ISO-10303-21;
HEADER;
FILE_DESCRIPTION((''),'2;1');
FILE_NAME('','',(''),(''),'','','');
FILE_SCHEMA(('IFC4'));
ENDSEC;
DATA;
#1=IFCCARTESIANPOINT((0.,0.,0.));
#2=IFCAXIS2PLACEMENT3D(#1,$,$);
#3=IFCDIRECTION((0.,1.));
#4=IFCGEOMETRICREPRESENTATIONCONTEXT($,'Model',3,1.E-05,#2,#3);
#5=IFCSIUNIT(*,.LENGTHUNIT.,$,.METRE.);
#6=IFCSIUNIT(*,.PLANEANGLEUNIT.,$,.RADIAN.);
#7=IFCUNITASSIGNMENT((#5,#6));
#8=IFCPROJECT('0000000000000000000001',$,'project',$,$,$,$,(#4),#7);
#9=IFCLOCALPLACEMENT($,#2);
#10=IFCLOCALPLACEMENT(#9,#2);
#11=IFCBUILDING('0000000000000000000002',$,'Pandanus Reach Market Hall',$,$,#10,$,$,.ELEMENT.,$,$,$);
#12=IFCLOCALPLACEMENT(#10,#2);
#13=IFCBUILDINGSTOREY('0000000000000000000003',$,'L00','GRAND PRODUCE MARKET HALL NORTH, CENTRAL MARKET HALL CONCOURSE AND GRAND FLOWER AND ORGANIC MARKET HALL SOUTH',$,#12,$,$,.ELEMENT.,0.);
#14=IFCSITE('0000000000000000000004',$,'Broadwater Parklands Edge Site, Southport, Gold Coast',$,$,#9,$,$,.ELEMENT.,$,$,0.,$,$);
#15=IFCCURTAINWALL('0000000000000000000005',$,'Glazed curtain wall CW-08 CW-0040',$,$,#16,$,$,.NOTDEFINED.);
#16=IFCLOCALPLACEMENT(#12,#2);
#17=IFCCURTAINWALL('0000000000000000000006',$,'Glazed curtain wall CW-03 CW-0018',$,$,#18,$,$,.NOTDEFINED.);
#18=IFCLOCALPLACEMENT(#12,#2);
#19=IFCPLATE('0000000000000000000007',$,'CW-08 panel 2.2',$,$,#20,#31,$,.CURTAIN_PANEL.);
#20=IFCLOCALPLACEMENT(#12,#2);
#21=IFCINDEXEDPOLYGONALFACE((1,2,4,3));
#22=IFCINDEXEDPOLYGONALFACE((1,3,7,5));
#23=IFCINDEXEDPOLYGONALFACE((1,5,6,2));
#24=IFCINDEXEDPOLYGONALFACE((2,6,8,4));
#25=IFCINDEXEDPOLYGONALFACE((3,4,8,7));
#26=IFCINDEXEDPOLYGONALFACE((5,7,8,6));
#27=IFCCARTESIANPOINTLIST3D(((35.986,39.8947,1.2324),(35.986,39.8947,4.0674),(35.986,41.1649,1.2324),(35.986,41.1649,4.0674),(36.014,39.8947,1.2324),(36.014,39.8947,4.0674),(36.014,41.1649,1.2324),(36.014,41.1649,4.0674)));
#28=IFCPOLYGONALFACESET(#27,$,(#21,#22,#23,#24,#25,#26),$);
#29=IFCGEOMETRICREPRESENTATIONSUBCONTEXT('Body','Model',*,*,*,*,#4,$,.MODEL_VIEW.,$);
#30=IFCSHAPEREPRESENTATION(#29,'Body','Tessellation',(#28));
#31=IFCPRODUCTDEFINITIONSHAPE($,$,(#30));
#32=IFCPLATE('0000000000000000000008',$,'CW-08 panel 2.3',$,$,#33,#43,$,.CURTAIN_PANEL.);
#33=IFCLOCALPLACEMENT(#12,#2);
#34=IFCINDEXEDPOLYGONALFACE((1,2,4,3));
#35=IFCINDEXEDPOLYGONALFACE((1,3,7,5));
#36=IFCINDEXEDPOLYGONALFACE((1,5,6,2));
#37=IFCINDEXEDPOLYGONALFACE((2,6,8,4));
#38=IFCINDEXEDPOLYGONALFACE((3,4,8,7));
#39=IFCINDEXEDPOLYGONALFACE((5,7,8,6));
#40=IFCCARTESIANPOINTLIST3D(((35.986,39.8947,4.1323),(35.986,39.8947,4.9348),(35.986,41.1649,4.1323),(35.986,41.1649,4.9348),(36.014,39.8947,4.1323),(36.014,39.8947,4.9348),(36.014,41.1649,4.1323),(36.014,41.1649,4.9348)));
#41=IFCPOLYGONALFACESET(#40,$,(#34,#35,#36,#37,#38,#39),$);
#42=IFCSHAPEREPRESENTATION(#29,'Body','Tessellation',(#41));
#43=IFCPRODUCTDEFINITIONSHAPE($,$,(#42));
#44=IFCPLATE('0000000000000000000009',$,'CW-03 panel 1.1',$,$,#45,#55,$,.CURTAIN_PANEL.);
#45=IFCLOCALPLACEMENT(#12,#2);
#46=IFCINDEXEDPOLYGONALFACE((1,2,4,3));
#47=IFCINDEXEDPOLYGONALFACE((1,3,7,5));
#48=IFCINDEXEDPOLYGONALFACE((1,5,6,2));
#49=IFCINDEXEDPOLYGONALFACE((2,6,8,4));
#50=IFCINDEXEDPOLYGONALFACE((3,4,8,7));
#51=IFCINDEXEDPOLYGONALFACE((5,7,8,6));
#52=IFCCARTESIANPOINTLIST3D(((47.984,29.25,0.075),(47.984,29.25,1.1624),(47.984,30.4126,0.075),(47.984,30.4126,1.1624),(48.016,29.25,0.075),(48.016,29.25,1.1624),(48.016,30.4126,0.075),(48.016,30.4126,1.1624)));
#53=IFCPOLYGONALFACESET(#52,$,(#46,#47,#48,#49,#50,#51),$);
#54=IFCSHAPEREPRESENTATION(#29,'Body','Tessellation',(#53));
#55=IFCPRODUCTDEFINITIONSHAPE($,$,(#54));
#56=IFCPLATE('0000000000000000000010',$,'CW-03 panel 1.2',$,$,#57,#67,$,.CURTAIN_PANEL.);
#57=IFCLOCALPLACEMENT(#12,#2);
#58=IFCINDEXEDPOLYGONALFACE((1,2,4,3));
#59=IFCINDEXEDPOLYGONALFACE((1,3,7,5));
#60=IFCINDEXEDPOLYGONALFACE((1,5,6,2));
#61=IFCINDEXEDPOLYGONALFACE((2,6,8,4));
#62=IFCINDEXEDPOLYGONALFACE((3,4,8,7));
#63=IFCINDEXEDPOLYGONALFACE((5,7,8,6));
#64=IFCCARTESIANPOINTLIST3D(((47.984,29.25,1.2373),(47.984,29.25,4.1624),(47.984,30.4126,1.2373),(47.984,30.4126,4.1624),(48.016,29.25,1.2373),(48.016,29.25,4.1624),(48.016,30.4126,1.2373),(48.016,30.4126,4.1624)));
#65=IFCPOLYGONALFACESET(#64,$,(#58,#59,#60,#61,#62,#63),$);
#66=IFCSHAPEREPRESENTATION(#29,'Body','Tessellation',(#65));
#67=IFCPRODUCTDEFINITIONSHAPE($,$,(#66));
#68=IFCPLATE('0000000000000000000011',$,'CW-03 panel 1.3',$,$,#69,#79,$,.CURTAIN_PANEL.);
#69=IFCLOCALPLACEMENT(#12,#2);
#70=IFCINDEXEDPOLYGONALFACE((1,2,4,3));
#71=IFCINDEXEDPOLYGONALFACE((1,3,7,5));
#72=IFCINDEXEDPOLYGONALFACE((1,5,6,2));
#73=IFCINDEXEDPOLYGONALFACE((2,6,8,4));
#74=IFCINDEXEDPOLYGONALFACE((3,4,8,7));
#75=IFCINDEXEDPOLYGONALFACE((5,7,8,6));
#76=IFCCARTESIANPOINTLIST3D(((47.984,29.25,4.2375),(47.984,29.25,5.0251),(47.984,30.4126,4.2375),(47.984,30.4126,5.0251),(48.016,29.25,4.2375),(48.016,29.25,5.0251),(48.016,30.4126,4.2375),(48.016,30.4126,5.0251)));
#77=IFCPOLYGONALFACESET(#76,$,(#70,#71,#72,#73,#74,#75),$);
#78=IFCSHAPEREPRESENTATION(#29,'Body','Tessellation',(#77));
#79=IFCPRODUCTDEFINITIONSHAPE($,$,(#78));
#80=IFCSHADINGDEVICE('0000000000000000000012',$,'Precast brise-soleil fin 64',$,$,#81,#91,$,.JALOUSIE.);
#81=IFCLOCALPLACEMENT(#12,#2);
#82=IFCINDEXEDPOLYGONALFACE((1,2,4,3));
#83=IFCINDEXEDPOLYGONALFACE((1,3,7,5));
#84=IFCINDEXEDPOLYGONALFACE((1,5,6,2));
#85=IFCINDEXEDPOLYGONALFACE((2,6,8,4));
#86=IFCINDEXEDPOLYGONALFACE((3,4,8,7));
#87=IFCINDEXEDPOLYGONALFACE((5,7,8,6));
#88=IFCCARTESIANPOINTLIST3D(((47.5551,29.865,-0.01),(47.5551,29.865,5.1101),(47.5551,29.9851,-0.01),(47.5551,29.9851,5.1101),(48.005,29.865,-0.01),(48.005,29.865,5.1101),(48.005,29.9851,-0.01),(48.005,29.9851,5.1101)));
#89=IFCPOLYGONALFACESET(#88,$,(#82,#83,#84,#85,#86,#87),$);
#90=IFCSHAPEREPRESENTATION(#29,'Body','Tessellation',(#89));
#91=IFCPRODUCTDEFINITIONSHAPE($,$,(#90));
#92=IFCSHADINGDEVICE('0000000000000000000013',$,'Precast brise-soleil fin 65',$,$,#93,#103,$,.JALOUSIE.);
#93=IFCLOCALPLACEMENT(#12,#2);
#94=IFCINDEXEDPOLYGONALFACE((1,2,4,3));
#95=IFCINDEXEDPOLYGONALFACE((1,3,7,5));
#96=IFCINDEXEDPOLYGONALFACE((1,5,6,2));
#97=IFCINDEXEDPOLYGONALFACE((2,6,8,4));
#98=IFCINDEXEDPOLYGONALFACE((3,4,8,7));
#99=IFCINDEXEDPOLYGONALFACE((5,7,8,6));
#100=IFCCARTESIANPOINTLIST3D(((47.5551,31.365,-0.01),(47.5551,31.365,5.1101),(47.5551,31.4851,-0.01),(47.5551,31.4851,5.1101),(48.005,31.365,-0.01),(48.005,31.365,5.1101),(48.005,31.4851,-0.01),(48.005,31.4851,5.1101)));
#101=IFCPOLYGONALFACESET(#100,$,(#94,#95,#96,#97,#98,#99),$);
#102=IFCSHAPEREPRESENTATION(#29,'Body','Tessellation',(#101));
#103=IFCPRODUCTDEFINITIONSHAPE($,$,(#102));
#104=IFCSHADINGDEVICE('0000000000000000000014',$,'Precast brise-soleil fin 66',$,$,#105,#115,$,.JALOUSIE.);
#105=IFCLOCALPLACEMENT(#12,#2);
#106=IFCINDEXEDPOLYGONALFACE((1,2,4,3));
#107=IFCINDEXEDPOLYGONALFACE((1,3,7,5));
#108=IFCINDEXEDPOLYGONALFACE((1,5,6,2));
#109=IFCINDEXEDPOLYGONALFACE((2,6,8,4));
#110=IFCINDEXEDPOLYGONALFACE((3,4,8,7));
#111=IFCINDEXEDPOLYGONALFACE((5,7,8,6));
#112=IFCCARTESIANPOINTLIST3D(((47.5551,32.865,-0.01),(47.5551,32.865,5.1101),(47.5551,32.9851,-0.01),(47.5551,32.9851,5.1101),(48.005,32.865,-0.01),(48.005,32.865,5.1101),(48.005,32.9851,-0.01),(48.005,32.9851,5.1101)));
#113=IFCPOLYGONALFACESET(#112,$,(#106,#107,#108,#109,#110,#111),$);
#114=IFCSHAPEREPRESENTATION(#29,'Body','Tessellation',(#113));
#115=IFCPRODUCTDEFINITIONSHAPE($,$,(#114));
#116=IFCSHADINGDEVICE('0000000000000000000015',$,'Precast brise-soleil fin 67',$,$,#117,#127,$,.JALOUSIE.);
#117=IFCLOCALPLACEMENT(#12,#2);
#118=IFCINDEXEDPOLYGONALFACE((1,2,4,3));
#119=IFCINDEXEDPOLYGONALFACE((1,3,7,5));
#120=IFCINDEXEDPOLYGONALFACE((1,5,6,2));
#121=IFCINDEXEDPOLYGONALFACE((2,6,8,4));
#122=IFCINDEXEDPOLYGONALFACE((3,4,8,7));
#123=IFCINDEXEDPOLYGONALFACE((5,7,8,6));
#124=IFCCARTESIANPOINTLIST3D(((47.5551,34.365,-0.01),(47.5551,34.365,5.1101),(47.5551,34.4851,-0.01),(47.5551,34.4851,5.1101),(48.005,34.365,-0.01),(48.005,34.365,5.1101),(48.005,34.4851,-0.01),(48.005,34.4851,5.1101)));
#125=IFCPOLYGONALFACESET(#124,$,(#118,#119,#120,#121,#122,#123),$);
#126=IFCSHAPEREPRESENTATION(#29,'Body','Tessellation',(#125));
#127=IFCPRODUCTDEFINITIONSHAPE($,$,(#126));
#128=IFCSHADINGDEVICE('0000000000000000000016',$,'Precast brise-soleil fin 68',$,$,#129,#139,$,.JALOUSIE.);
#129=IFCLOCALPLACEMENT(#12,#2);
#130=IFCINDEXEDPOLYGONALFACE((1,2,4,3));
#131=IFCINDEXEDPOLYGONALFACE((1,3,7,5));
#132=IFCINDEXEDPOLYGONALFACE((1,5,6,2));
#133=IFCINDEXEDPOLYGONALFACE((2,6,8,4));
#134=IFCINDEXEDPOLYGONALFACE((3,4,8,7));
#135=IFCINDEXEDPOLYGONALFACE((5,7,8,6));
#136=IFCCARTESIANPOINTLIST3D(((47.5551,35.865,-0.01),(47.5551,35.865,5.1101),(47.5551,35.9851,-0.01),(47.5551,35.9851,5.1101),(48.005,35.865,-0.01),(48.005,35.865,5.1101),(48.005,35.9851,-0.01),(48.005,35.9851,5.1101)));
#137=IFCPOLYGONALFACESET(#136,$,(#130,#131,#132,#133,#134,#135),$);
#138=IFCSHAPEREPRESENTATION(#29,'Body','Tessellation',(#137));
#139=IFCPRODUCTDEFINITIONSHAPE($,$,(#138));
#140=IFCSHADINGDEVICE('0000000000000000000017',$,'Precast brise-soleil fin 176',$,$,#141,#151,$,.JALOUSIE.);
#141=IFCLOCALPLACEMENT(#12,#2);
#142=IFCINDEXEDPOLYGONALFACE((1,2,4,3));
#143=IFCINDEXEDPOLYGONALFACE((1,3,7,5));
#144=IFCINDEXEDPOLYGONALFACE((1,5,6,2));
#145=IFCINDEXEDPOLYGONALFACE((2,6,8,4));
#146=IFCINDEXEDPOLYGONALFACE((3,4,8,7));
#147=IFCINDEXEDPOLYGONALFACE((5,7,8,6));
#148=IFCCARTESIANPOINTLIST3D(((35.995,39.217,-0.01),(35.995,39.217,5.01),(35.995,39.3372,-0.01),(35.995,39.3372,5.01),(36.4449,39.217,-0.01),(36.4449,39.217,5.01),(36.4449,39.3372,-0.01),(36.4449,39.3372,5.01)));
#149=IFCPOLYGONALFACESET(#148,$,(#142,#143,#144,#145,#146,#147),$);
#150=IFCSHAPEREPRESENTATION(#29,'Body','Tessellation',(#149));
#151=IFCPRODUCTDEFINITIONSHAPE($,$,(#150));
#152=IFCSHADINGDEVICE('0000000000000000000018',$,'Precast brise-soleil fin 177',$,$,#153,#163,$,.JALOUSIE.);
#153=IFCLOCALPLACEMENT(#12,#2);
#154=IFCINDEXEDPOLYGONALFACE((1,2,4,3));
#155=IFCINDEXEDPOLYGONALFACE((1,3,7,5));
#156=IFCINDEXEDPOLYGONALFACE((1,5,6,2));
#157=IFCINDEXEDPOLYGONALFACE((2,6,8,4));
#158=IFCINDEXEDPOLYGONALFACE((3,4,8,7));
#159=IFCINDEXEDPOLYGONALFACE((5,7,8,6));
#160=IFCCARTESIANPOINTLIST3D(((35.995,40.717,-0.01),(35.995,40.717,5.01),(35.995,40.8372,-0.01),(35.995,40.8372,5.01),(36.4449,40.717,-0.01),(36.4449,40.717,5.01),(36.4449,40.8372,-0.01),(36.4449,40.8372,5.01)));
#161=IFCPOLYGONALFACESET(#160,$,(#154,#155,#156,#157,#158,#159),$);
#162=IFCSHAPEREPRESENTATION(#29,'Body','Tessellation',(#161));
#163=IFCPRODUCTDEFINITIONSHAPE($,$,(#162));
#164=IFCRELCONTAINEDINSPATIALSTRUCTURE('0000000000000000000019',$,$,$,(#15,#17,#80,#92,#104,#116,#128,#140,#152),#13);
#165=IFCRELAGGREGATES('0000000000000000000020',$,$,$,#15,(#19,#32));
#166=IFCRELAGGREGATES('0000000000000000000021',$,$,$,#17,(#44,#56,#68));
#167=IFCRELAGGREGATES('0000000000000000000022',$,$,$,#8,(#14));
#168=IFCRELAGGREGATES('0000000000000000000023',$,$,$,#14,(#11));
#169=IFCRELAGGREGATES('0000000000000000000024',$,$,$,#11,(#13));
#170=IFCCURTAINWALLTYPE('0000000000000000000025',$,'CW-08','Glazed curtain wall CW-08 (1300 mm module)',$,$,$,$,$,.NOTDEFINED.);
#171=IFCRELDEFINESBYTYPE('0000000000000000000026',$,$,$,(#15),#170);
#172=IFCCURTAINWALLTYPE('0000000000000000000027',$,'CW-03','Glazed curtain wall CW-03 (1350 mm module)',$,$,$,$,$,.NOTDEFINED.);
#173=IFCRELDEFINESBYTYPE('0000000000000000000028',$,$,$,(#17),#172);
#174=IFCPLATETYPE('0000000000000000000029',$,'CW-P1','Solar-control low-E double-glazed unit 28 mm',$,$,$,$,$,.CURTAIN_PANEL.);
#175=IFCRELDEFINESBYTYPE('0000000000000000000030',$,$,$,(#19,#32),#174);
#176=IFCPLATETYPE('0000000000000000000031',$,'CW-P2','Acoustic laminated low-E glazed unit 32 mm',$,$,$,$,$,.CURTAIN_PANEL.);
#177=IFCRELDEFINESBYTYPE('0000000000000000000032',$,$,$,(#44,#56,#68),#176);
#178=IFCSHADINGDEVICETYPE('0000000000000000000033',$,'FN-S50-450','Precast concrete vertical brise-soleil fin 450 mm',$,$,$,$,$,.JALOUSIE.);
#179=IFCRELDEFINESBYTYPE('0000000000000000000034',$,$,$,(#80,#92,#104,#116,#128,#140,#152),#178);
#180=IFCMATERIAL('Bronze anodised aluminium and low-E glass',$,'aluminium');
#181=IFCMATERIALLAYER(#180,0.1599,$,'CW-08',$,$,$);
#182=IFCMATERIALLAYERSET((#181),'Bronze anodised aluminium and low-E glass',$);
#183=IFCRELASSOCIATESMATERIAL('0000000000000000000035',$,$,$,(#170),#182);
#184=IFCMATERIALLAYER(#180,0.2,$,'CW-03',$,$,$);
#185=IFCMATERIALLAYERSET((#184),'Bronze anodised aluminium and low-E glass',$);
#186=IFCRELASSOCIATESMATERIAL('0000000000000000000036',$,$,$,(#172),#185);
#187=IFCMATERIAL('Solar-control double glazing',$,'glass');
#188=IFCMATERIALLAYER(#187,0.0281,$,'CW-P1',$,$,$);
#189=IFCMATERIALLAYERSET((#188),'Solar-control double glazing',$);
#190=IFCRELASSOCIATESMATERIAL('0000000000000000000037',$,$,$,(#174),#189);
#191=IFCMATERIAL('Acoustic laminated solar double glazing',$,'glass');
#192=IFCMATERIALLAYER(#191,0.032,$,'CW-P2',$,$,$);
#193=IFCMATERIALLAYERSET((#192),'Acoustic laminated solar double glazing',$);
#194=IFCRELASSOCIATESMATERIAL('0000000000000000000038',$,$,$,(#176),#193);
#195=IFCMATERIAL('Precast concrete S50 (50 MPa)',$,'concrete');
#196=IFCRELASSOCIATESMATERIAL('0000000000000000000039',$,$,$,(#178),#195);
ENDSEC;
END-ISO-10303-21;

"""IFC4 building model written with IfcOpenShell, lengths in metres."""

from ifc_helpers import new_model, si_unit, direction, frame, origin, origin_2d, place, context, subcontext, project, spatial, rectangle, extrude, material, layer, layer_set, type_object, element, aggregate, save


model = new_model("IFC4")

# Units and contexts
model_context = context("Model", 3, precision=1e-05, world=origin(), true_north=direction((0.0, 1.0)))
body_context = subcontext(model_context, "Body", "Model", "MODEL_VIEW")
ifc_project = project(units=[si_unit("LENGTHUNIT", "METRE"), si_unit("PLANEANGLEUNIT", "RADIAN")], contexts=[model_context])

# Site, building, storey
site_placement = place(None, origin())
site = spatial("IfcSite", under=ifc_project, at=site_placement, Name="Broadwater Parklands Edge Site, Southport, Gold Coast", CompositionType="ELEMENT", RefElevation=0.0)
building_placement = place(site_placement, origin())
building = spatial("IfcBuilding", under=site, at=building_placement, Name="Pandanus Reach Market Hall", CompositionType="ELEMENT")
storey_placement = place(building_placement, origin())
storey = spatial("IfcBuildingStorey", under=building, at=storey_placement, Name="L00", Description="GRAND PRODUCE MARKET HALL NORTH, CENTRAL MARKET HALL CONCOURSE AND GRAND FLOWER AND ORGANIC MARKET HALL SOUTH", CompositionType="ELEMENT", Elevation=0.0)

# Curtain walls
ifc_material_1 = material(Name="Bronze anodised aluminium and low-E glass", Category="aluminium")
ifc_layer_1 = layer(ifc_material_1, 0.1599, Name="CW-08")
ifc_layer_set_1 = layer_set([ifc_layer_1], Name="Bronze anodised aluminium and low-E glass")
curtain_wall_type_1 = type_object("IfcCurtainWallType", Name="CW-08", Description="Glazed curtain wall CW-08 (1300 mm module)", PredefinedType="NOTDEFINED", material=ifc_layer_set_1)
curtain_wall_1_placement = place(storey_placement, origin())
curtain_wall_1 = element("IfcCurtainWall", 1, at=curtain_wall_1_placement, inside=storey, type_object=curtain_wall_type_1, Name="Glazed curtain wall CW-08 CW-0040", PredefinedType="NOTDEFINED")
ifc_layer_2 = layer(ifc_material_1, 0.2, Name="CW-03")
ifc_layer_set_2 = layer_set([ifc_layer_2], Name="Bronze anodised aluminium and low-E glass")
curtain_wall_type_2 = type_object("IfcCurtainWallType", Name="CW-03", Description="Glazed curtain wall CW-03 (1350 mm module)", PredefinedType="NOTDEFINED", material=ifc_layer_set_2)
curtain_wall_2_placement = place(storey_placement, origin())
curtain_wall_2 = element("IfcCurtainWall", 2, at=curtain_wall_2_placement, inside=storey, type_object=curtain_wall_type_2, Name="Glazed curtain wall CW-03 CW-0018", PredefinedType="NOTDEFINED")

# Plates
ifc_material_2 = material(Name="Solar-control double glazing", Category="glass")
ifc_layer_3 = layer(ifc_material_2, 0.0281, Name="CW-P1")
ifc_layer_set_3 = layer_set([ifc_layer_3], Name="Solar-control double glazing")
plate_type_1 = type_object("IfcPlateType", Name="CW-P1", Description="Solar-control low-E double-glazed unit 28 mm", PredefinedType="CURTAIN_PANEL", material=ifc_layer_set_3)
plate_1_placement = place(storey_placement, frame((36.0, 40.5298, 1.2324), z_axis=(0.0, 0.0, 1.0), x_axis=(0.0, 1.0, 0.0)))
plate_1 = element("IfcPlate", 3, at=plate_1_placement, type_object=plate_type_1, Name="CW-08 panel 2.2", PredefinedType="CURTAIN_PANEL", context=body_context, shape_type="SweptSolid", body=[
    extrude(rectangle(XDim=1.2703, YDim=0.0281, at=origin_2d()), origin(), (0.0, 0.0, 1.0), 2.835),
])
plate_2_placement = place(storey_placement, frame((36.0, 40.5298, 4.1323), z_axis=(0.0, 0.0, 1.0), x_axis=(0.0, 1.0, 0.0)))
plate_2 = element("IfcPlate", 4, at=plate_2_placement, type_object=plate_type_1, Name="CW-08 panel 2.3", PredefinedType="CURTAIN_PANEL", context=body_context, shape_type="SweptSolid", body=[
    extrude(rectangle(XDim=1.2703, YDim=0.0281, at=origin_2d()), origin(), (0.0, 0.0, 1.0), 0.8025),
])
aggregate(curtain_wall_1, [plate_1, plate_2])
ifc_material_3 = material(Name="Acoustic laminated solar double glazing", Category="glass")
ifc_layer_4 = layer(ifc_material_3, 0.032, Name="CW-P2")
ifc_layer_set_4 = layer_set([ifc_layer_4], Name="Acoustic laminated solar double glazing")
plate_type_2 = type_object("IfcPlateType", Name="CW-P2", Description="Acoustic laminated low-E glazed unit 32 mm", PredefinedType="CURTAIN_PANEL", material=ifc_layer_set_4)
plate_3_placement = place(storey_placement, frame((48.0, 29.8313, 0.075), z_axis=(0.0, 0.0, 1.0), x_axis=(0.0, 1.0, 0.0)))
plate_3 = element("IfcPlate", 5, at=plate_3_placement, type_object=plate_type_2, Name="CW-03 panel 1.1", PredefinedType="CURTAIN_PANEL", context=body_context, shape_type="SweptSolid", body=[
    extrude(rectangle(XDim=1.1626, YDim=0.032, at=origin_2d()), origin(), (0.0, 0.0, 1.0), 1.0874),
])
plate_4_placement = place(storey_placement, frame((48.0, 29.8313, 1.2373), z_axis=(0.0, 0.0, 1.0), x_axis=(0.0, 1.0, 0.0)))
plate_4 = element("IfcPlate", 6, at=plate_4_placement, type_object=plate_type_2, Name="CW-03 panel 1.2", PredefinedType="CURTAIN_PANEL", context=body_context, shape_type="SweptSolid", body=[
    extrude(rectangle(XDim=1.1626, YDim=0.032, at=origin_2d()), origin(), (0.0, 0.0, 1.0), 2.925),
])
plate_5_placement = place(storey_placement, frame((48.0, 29.8313, 4.2375), z_axis=(0.0, 0.0, 1.0), x_axis=(0.0, 1.0, 0.0)))
plate_5 = element("IfcPlate", 7, at=plate_5_placement, type_object=plate_type_2, Name="CW-03 panel 1.3", PredefinedType="CURTAIN_PANEL", context=body_context, shape_type="SweptSolid", body=[
    extrude(rectangle(XDim=1.1626, YDim=0.032, at=origin_2d()), origin(), (0.0, 0.0, 1.0), 0.7876),
])
aggregate(curtain_wall_2, [plate_3, plate_4, plate_5])

# Shading devices
ifc_material_4 = material(Name="Precast concrete S50 (50 MPa)", Category="concrete")
shading_device_type = type_object("IfcShadingDeviceType", Name="FN-S50-450", Description="Precast concrete vertical brise-soleil fin 450 mm", PredefinedType="JALOUSIE", material=ifc_material_4)
for number, where, z_axis, x_axis, name in (
    (8, (47.78, 29.925, -0.01), (0.0, 0.0, 1.0), (-1.0, 0.0, 0.0), "Precast brise-soleil fin 64"),
    (9, (47.78, 31.425, -0.01), (0.0, 0.0, 1.0), (-1.0, 0.0, 0.0), "Precast brise-soleil fin 65"),
    (10, (47.78, 32.925, -0.01), (0.0, 0.0, 1.0), (-1.0, 0.0, 0.0), "Precast brise-soleil fin 66"),
    (11, (47.78, 34.425, -0.01), (0.0, 0.0, 1.0), (-1.0, 0.0, 0.0), "Precast brise-soleil fin 67"),
    (12, (47.78, 35.925, -0.01), (0.0, 0.0, 1.0), (-1.0, 0.0, 0.0), "Precast brise-soleil fin 68"),
):
    element("IfcShadingDevice", number, at=place(storey_placement, frame(where, z_axis=z_axis, x_axis=x_axis)), inside=storey, type_object=shading_device_type, Name=name, PredefinedType="JALOUSIE", context=body_context, shape_type="SweptSolid", body=[
        extrude(rectangle(XDim=0.45, YDim=0.1201, at=origin_2d()), origin(), (0.0, 0.0, 1.0), 5.1201),
    ])
for number, where, z_axis, x_axis, name in (
    (13, (36.22, 39.2771, -0.01), (0.0, 0.0, 1.0), (1.0, 0.0, 0.0), "Precast brise-soleil fin 176"),
    (14, (36.22, 40.7771, -0.01), (0.0, 0.0, 1.0), (1.0, 0.0, 0.0), "Precast brise-soleil fin 177"),
):
    element("IfcShadingDevice", number, at=place(storey_placement, frame(where, z_axis=z_axis, x_axis=x_axis)), inside=storey, type_object=shading_device_type, Name=name, PredefinedType="JALOUSIE", context=body_context, shape_type="SweptSolid", body=[
        extrude(rectangle(XDim=0.45, YDim=0.1201, at=origin_2d()), origin(), (0.0, 0.0, 1.0), 5.02),
    ])

save(model, "model.ifc")
